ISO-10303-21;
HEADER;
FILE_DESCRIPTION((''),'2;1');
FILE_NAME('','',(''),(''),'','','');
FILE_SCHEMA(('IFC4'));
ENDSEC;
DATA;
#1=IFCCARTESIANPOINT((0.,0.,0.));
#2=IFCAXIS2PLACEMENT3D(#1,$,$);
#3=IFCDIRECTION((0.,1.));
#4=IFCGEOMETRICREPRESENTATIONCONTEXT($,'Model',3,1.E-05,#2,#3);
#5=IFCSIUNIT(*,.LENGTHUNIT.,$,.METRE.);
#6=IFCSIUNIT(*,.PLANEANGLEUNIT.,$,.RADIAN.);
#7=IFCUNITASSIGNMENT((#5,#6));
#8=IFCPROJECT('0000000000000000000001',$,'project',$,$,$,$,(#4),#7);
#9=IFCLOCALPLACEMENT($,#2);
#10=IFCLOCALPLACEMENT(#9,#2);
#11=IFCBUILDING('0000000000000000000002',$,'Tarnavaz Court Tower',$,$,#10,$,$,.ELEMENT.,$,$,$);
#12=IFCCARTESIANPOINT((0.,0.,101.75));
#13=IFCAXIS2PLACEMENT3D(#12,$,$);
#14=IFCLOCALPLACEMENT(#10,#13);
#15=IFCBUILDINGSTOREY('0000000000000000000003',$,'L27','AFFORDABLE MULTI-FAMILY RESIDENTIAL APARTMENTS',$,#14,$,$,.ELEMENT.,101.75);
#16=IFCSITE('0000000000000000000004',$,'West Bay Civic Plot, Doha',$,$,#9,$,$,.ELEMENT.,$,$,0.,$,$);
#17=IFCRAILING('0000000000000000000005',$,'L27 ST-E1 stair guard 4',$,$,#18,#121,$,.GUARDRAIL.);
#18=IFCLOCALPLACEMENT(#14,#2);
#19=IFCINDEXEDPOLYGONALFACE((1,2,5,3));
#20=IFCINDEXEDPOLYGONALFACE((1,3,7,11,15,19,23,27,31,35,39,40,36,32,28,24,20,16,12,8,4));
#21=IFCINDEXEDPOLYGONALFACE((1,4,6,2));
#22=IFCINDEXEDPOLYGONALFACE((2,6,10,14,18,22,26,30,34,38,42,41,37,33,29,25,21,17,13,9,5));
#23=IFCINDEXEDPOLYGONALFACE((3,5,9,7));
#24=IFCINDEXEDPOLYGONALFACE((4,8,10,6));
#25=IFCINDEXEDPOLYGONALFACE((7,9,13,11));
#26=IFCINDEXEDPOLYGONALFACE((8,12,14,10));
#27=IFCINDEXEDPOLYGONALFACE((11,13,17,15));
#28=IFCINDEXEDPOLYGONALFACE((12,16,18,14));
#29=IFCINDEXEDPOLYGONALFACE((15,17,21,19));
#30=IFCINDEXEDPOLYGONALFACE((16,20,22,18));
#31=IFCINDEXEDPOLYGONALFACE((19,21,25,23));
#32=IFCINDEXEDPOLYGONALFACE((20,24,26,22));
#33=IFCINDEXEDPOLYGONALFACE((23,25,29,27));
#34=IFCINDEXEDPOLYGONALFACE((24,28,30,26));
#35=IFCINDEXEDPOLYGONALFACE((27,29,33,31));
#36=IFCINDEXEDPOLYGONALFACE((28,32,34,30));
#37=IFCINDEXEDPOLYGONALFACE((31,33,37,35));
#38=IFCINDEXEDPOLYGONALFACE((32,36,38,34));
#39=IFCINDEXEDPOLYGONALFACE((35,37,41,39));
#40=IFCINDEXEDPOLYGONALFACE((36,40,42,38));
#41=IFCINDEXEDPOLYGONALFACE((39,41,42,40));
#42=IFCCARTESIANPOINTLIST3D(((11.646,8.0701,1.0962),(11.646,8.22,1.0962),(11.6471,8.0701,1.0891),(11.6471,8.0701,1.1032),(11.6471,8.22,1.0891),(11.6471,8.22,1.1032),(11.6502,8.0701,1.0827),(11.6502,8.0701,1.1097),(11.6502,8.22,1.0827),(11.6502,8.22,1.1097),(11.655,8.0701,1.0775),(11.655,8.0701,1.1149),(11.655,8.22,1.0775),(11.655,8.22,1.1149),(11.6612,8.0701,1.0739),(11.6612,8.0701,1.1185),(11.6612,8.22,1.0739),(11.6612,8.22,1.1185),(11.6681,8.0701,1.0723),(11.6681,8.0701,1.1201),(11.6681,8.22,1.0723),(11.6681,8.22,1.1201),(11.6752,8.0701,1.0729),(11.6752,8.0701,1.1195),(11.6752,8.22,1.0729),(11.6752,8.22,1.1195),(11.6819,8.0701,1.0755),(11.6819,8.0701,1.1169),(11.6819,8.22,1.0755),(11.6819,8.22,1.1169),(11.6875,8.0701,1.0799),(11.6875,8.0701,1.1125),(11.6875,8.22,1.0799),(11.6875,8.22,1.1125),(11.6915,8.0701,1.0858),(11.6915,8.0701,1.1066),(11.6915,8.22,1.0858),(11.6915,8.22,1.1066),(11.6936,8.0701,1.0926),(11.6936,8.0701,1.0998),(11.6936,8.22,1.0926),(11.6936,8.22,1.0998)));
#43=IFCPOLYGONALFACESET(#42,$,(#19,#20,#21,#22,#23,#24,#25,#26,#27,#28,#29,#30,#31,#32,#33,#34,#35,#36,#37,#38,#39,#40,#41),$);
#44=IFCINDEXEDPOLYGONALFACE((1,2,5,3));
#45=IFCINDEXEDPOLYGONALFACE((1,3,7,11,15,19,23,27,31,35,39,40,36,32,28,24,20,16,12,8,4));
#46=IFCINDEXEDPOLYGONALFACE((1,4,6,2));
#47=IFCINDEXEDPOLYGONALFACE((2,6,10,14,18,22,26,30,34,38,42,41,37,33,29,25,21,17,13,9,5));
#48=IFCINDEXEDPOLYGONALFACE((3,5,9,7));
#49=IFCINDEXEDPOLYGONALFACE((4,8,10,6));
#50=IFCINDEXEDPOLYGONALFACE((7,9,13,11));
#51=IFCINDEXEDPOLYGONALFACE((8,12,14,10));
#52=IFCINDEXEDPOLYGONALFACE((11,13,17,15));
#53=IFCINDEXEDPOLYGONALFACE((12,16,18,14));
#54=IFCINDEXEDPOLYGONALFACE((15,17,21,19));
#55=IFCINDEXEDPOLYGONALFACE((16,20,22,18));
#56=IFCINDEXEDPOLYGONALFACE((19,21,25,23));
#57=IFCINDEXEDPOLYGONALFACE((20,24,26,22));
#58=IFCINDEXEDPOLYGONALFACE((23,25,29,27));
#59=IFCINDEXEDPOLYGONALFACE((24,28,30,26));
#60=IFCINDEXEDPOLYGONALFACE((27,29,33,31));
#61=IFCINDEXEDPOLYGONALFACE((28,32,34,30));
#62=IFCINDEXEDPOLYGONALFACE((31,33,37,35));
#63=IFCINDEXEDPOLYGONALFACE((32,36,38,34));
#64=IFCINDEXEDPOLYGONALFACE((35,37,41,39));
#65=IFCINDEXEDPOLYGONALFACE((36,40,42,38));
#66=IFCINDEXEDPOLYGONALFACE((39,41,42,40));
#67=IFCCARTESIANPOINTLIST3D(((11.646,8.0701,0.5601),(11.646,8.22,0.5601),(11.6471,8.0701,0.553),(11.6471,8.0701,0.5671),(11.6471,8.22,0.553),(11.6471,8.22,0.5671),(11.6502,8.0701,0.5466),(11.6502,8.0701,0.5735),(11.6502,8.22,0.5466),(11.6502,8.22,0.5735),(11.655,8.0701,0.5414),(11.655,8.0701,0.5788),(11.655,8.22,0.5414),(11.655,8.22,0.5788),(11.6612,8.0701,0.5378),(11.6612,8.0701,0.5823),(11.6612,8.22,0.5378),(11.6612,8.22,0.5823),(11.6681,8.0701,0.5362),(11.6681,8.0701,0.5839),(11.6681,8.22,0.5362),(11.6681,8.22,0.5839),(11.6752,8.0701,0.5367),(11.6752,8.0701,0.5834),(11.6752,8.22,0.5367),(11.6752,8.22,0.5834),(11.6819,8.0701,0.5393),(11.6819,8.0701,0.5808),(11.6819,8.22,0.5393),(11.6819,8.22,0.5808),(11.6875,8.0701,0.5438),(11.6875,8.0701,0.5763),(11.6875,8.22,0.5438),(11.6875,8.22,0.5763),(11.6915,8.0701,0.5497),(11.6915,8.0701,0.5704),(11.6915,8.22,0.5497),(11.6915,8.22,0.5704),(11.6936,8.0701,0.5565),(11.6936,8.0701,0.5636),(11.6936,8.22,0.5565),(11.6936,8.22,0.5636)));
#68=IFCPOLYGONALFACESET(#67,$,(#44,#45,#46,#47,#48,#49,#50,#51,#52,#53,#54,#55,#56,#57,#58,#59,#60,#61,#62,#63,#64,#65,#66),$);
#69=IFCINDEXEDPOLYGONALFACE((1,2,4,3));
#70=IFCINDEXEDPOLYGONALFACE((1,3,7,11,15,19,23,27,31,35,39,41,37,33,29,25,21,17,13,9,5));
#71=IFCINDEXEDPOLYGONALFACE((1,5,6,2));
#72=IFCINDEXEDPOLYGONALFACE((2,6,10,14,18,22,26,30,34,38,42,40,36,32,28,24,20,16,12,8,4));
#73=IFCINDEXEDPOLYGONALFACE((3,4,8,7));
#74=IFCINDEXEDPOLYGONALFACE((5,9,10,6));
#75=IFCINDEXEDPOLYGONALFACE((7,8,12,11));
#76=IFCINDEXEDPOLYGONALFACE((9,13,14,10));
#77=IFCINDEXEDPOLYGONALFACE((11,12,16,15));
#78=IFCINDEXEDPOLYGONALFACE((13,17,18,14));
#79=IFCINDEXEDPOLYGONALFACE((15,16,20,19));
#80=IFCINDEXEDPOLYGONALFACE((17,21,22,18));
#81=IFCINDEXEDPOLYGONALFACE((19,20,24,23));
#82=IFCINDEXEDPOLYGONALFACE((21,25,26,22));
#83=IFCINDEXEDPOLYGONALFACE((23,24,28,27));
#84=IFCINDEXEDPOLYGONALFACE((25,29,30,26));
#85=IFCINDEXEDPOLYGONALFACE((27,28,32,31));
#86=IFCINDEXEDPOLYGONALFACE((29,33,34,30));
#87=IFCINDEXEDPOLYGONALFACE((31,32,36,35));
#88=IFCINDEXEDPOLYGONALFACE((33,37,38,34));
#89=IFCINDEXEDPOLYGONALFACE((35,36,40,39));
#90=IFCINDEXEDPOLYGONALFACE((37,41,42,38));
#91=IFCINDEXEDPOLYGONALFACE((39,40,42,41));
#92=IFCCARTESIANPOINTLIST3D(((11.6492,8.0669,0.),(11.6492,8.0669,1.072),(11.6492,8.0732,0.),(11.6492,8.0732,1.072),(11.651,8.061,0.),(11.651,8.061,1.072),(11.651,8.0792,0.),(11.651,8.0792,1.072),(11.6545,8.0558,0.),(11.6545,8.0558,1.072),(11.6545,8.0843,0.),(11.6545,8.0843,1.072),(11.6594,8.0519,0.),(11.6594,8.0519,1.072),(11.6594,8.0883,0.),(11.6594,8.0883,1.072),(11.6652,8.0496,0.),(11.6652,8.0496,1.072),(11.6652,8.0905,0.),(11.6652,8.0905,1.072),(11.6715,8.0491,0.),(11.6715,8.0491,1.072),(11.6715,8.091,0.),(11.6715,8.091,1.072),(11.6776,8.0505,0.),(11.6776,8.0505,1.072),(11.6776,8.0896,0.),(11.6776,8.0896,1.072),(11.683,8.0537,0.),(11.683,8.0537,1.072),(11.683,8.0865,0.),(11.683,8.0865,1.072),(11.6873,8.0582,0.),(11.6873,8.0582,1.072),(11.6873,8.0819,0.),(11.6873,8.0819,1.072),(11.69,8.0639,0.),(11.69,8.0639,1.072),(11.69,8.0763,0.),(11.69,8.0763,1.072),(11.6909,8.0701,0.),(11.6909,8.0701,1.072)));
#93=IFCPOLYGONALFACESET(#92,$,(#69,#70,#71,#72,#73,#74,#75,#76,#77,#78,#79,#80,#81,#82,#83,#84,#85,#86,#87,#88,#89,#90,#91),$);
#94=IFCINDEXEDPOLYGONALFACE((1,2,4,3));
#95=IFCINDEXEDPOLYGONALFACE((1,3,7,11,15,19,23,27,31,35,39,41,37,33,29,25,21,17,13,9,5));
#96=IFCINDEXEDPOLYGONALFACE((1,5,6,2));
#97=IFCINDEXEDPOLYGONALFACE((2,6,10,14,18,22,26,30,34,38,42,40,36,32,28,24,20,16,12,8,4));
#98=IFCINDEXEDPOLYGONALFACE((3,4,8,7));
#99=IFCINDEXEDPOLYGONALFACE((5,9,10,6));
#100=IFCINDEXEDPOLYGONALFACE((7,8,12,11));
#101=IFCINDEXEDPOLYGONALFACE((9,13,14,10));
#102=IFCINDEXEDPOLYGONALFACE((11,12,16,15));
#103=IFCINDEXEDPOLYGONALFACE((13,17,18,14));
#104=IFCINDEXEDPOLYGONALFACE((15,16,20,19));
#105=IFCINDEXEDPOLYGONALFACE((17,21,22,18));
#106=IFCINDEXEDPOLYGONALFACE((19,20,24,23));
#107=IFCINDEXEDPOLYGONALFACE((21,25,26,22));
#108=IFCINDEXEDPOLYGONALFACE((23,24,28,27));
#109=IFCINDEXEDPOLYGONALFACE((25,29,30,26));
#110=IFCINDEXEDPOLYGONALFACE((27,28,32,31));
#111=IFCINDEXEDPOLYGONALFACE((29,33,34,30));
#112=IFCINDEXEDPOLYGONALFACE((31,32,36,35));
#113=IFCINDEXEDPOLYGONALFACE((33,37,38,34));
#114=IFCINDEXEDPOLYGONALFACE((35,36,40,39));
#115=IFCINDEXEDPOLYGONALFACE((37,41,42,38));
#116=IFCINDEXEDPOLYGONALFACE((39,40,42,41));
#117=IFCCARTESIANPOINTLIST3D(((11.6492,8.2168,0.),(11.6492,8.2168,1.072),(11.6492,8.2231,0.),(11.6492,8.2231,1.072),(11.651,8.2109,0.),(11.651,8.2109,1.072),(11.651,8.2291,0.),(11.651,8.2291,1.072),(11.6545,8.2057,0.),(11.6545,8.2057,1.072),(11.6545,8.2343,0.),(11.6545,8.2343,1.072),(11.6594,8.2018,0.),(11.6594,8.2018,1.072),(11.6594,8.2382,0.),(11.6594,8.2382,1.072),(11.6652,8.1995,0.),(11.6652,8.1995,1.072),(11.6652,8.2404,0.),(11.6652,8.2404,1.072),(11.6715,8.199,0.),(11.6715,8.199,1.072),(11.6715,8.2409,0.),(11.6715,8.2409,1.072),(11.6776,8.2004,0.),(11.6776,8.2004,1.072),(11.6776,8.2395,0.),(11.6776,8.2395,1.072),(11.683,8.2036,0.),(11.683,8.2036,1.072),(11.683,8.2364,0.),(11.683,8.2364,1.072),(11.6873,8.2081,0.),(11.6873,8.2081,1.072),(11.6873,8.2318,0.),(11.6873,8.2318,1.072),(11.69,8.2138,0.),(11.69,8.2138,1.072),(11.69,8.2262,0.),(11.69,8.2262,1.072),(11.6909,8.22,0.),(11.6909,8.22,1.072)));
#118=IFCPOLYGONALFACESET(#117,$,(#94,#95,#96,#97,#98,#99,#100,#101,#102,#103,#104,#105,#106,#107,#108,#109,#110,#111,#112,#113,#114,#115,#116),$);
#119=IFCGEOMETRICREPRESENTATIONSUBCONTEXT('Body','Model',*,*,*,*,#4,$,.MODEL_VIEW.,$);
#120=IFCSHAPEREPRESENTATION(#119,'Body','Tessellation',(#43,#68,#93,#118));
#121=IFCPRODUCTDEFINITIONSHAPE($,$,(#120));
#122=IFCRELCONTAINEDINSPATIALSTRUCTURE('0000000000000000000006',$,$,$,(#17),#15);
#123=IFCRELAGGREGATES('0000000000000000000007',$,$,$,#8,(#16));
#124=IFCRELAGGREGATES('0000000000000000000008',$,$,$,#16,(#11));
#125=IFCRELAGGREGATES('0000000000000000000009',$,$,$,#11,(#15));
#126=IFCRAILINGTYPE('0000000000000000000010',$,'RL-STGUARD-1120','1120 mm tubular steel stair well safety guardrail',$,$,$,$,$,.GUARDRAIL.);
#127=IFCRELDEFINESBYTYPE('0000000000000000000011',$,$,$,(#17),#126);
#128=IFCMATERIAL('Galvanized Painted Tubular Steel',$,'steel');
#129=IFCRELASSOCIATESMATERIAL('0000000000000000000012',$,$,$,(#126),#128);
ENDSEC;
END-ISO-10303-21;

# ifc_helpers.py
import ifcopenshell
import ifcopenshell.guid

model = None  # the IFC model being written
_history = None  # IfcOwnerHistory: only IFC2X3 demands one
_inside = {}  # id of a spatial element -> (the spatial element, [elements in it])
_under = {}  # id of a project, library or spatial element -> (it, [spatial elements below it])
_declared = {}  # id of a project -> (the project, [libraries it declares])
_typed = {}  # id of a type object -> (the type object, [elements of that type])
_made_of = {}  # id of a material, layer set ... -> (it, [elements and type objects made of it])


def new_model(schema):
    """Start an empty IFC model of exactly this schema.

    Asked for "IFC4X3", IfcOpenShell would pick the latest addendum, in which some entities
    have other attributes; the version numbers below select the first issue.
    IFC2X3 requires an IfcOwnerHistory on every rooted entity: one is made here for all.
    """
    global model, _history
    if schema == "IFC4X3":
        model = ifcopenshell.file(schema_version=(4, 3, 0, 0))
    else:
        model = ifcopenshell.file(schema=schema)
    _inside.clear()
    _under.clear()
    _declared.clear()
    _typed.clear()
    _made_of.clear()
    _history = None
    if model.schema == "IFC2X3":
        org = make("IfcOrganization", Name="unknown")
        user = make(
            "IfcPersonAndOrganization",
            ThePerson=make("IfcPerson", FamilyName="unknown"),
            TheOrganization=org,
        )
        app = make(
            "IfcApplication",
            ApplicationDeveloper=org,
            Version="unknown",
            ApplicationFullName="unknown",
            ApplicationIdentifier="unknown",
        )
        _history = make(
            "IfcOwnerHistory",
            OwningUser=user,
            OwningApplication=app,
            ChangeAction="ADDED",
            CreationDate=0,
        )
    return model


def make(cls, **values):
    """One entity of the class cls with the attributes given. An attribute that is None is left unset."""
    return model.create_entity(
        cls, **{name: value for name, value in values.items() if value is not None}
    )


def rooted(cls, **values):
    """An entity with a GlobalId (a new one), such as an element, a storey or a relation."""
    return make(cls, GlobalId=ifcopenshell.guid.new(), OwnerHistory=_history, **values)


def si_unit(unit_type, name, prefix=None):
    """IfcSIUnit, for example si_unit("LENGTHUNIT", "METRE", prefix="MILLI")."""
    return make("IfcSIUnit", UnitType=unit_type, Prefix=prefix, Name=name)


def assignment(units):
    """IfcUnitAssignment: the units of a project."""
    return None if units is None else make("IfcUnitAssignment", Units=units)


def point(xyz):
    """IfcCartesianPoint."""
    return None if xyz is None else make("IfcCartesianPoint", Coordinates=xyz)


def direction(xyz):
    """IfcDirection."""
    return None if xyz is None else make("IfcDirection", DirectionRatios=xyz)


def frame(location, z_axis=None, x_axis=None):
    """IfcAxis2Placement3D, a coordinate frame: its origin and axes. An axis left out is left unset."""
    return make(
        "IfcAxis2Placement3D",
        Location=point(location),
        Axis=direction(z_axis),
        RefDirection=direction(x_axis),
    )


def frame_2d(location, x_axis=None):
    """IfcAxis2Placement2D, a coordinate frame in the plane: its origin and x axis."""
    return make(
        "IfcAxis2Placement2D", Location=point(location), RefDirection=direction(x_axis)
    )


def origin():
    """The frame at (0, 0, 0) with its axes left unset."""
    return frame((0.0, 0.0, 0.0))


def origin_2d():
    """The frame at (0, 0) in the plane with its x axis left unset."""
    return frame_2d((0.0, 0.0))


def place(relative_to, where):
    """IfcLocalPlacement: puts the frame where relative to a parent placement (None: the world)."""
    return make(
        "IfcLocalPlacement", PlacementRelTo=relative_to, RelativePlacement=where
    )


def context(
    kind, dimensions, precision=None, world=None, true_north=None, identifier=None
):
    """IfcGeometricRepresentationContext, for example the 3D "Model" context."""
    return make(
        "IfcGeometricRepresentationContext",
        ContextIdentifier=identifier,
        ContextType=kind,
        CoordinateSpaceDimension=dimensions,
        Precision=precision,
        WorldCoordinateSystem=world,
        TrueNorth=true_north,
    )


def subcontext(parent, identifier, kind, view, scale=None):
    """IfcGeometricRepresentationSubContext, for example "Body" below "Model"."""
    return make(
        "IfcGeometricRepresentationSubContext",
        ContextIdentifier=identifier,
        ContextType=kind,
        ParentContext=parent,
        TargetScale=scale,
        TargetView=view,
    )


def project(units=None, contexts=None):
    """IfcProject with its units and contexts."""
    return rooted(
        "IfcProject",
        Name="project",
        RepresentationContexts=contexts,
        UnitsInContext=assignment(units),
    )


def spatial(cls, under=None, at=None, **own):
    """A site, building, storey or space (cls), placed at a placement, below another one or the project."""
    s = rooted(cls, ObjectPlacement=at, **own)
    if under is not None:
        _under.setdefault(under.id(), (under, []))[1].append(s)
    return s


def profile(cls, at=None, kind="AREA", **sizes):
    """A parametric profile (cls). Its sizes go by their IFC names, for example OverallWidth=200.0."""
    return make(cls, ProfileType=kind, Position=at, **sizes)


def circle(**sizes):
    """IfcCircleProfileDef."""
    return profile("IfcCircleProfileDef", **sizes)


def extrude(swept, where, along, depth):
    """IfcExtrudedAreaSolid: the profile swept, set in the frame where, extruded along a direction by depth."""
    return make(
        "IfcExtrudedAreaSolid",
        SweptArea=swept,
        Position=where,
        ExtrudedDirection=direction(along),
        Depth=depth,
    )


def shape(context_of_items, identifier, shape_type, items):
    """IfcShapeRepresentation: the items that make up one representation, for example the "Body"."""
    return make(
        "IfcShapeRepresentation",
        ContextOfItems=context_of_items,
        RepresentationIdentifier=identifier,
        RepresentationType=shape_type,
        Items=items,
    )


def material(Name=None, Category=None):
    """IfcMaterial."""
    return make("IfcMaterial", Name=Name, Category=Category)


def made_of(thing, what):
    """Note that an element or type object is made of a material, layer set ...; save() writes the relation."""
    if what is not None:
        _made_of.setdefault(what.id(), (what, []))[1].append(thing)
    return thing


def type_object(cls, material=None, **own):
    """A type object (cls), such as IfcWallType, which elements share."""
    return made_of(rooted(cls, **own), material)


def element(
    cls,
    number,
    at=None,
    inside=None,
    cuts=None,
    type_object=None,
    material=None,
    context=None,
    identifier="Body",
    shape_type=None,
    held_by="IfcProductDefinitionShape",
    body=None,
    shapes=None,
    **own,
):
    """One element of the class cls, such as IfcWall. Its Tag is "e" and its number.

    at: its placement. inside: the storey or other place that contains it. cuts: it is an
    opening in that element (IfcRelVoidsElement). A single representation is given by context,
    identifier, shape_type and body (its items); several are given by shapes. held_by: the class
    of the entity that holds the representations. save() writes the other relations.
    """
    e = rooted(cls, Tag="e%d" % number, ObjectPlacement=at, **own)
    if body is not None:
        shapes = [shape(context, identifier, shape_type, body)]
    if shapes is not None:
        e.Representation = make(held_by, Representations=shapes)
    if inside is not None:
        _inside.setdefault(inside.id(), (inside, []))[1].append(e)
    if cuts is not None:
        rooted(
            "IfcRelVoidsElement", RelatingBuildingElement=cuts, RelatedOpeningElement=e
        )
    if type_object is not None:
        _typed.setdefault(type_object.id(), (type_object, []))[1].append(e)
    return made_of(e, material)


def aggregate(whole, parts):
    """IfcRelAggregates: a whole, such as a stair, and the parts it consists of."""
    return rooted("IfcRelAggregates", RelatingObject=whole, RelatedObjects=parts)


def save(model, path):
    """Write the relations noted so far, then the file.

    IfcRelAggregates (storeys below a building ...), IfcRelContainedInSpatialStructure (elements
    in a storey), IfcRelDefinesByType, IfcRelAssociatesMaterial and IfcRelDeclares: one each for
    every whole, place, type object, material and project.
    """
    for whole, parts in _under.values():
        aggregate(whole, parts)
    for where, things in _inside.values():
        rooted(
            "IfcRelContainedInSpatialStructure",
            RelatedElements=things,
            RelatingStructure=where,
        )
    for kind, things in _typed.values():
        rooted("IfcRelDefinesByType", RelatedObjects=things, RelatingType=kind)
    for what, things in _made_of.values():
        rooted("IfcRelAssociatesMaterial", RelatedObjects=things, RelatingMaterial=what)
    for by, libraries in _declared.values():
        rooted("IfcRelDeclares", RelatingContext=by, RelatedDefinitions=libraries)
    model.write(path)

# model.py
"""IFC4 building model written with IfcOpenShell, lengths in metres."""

from ifc_helpers import new_model, si_unit, direction, frame, origin, origin_2d, place, context, subcontext, project, spatial, circle, extrude, material, type_object, element, save


model = new_model("IFC4")

# Units and contexts
model_context = context("Model", 3, precision=1e-05, world=origin(), true_north=direction((0.0, 1.0)))
body_context = subcontext(model_context, "Body", "Model", "MODEL_VIEW")
ifc_project = project(units=[si_unit("LENGTHUNIT", "METRE"), si_unit("PLANEANGLEUNIT", "RADIAN")], contexts=[model_context])

# Site, building, storey
site_placement = place(None, origin())
site = spatial("IfcSite", under=ifc_project, at=site_placement, Name="West Bay Civic Plot, Doha", CompositionType="ELEMENT", RefElevation=0.0)
building_placement = place(site_placement, origin())
building = spatial("IfcBuilding", under=site, at=building_placement, Name="Tarnavaz Court Tower", CompositionType="ELEMENT")
storey_placement = place(building_placement, frame((0.0, 0.0, 101.75)))
storey = spatial("IfcBuildingStorey", under=building, at=storey_placement, Name="L27", Description="AFFORDABLE MULTI-FAMILY RESIDENTIAL APARTMENTS", CompositionType="ELEMENT", Elevation=101.75)

# Railing
ifc_material_1 = material(Name="Galvanized Painted Tubular Steel", Category="steel")
railing_type_1 = type_object("IfcRailingType", Name="RL-STGUARD-1120", Description="1120 mm tubular steel stair well safety guardrail", PredefinedType="GUARDRAIL", material=ifc_material_1)
railing_1_placement = place(storey_placement, frame((11.6699, 8.0701, 0.0)))
element("IfcRailing", 1, at=railing_1_placement, inside=storey, type_object=railing_type_1, Name="L27 ST-E1 stair guard 4", PredefinedType="GUARDRAIL", context=body_context, shape_type="SweptSolid", body=[
    extrude(circle(Radius=0.0239, at=origin_2d()), frame((0.0, 0.0, 1.0962), z_axis=(0.0, 1.0, 0.0), x_axis=(-1.0, 0.0, 0.0)), (0.0, 0.0, 1.0), 0.1499),
    extrude(circle(Radius=0.0239, at=origin_2d()), frame((0.0, 0.0, 0.5601), z_axis=(0.0, 1.0, 0.0), x_axis=(-1.0, 0.0, 0.0)), (0.0, 0.0, 1.0), 0.1499),
    extrude(circle(Radius=0.021, at=origin_2d()), origin(), (0.0, 0.0, 1.0), 1.072),
    extrude(circle(Radius=0.021, at=origin_2d()), frame((0.0, 0.1499, 0.0)), (0.0, 0.0, 1.0), 1.072),
])

save(model, "model.ifc")
